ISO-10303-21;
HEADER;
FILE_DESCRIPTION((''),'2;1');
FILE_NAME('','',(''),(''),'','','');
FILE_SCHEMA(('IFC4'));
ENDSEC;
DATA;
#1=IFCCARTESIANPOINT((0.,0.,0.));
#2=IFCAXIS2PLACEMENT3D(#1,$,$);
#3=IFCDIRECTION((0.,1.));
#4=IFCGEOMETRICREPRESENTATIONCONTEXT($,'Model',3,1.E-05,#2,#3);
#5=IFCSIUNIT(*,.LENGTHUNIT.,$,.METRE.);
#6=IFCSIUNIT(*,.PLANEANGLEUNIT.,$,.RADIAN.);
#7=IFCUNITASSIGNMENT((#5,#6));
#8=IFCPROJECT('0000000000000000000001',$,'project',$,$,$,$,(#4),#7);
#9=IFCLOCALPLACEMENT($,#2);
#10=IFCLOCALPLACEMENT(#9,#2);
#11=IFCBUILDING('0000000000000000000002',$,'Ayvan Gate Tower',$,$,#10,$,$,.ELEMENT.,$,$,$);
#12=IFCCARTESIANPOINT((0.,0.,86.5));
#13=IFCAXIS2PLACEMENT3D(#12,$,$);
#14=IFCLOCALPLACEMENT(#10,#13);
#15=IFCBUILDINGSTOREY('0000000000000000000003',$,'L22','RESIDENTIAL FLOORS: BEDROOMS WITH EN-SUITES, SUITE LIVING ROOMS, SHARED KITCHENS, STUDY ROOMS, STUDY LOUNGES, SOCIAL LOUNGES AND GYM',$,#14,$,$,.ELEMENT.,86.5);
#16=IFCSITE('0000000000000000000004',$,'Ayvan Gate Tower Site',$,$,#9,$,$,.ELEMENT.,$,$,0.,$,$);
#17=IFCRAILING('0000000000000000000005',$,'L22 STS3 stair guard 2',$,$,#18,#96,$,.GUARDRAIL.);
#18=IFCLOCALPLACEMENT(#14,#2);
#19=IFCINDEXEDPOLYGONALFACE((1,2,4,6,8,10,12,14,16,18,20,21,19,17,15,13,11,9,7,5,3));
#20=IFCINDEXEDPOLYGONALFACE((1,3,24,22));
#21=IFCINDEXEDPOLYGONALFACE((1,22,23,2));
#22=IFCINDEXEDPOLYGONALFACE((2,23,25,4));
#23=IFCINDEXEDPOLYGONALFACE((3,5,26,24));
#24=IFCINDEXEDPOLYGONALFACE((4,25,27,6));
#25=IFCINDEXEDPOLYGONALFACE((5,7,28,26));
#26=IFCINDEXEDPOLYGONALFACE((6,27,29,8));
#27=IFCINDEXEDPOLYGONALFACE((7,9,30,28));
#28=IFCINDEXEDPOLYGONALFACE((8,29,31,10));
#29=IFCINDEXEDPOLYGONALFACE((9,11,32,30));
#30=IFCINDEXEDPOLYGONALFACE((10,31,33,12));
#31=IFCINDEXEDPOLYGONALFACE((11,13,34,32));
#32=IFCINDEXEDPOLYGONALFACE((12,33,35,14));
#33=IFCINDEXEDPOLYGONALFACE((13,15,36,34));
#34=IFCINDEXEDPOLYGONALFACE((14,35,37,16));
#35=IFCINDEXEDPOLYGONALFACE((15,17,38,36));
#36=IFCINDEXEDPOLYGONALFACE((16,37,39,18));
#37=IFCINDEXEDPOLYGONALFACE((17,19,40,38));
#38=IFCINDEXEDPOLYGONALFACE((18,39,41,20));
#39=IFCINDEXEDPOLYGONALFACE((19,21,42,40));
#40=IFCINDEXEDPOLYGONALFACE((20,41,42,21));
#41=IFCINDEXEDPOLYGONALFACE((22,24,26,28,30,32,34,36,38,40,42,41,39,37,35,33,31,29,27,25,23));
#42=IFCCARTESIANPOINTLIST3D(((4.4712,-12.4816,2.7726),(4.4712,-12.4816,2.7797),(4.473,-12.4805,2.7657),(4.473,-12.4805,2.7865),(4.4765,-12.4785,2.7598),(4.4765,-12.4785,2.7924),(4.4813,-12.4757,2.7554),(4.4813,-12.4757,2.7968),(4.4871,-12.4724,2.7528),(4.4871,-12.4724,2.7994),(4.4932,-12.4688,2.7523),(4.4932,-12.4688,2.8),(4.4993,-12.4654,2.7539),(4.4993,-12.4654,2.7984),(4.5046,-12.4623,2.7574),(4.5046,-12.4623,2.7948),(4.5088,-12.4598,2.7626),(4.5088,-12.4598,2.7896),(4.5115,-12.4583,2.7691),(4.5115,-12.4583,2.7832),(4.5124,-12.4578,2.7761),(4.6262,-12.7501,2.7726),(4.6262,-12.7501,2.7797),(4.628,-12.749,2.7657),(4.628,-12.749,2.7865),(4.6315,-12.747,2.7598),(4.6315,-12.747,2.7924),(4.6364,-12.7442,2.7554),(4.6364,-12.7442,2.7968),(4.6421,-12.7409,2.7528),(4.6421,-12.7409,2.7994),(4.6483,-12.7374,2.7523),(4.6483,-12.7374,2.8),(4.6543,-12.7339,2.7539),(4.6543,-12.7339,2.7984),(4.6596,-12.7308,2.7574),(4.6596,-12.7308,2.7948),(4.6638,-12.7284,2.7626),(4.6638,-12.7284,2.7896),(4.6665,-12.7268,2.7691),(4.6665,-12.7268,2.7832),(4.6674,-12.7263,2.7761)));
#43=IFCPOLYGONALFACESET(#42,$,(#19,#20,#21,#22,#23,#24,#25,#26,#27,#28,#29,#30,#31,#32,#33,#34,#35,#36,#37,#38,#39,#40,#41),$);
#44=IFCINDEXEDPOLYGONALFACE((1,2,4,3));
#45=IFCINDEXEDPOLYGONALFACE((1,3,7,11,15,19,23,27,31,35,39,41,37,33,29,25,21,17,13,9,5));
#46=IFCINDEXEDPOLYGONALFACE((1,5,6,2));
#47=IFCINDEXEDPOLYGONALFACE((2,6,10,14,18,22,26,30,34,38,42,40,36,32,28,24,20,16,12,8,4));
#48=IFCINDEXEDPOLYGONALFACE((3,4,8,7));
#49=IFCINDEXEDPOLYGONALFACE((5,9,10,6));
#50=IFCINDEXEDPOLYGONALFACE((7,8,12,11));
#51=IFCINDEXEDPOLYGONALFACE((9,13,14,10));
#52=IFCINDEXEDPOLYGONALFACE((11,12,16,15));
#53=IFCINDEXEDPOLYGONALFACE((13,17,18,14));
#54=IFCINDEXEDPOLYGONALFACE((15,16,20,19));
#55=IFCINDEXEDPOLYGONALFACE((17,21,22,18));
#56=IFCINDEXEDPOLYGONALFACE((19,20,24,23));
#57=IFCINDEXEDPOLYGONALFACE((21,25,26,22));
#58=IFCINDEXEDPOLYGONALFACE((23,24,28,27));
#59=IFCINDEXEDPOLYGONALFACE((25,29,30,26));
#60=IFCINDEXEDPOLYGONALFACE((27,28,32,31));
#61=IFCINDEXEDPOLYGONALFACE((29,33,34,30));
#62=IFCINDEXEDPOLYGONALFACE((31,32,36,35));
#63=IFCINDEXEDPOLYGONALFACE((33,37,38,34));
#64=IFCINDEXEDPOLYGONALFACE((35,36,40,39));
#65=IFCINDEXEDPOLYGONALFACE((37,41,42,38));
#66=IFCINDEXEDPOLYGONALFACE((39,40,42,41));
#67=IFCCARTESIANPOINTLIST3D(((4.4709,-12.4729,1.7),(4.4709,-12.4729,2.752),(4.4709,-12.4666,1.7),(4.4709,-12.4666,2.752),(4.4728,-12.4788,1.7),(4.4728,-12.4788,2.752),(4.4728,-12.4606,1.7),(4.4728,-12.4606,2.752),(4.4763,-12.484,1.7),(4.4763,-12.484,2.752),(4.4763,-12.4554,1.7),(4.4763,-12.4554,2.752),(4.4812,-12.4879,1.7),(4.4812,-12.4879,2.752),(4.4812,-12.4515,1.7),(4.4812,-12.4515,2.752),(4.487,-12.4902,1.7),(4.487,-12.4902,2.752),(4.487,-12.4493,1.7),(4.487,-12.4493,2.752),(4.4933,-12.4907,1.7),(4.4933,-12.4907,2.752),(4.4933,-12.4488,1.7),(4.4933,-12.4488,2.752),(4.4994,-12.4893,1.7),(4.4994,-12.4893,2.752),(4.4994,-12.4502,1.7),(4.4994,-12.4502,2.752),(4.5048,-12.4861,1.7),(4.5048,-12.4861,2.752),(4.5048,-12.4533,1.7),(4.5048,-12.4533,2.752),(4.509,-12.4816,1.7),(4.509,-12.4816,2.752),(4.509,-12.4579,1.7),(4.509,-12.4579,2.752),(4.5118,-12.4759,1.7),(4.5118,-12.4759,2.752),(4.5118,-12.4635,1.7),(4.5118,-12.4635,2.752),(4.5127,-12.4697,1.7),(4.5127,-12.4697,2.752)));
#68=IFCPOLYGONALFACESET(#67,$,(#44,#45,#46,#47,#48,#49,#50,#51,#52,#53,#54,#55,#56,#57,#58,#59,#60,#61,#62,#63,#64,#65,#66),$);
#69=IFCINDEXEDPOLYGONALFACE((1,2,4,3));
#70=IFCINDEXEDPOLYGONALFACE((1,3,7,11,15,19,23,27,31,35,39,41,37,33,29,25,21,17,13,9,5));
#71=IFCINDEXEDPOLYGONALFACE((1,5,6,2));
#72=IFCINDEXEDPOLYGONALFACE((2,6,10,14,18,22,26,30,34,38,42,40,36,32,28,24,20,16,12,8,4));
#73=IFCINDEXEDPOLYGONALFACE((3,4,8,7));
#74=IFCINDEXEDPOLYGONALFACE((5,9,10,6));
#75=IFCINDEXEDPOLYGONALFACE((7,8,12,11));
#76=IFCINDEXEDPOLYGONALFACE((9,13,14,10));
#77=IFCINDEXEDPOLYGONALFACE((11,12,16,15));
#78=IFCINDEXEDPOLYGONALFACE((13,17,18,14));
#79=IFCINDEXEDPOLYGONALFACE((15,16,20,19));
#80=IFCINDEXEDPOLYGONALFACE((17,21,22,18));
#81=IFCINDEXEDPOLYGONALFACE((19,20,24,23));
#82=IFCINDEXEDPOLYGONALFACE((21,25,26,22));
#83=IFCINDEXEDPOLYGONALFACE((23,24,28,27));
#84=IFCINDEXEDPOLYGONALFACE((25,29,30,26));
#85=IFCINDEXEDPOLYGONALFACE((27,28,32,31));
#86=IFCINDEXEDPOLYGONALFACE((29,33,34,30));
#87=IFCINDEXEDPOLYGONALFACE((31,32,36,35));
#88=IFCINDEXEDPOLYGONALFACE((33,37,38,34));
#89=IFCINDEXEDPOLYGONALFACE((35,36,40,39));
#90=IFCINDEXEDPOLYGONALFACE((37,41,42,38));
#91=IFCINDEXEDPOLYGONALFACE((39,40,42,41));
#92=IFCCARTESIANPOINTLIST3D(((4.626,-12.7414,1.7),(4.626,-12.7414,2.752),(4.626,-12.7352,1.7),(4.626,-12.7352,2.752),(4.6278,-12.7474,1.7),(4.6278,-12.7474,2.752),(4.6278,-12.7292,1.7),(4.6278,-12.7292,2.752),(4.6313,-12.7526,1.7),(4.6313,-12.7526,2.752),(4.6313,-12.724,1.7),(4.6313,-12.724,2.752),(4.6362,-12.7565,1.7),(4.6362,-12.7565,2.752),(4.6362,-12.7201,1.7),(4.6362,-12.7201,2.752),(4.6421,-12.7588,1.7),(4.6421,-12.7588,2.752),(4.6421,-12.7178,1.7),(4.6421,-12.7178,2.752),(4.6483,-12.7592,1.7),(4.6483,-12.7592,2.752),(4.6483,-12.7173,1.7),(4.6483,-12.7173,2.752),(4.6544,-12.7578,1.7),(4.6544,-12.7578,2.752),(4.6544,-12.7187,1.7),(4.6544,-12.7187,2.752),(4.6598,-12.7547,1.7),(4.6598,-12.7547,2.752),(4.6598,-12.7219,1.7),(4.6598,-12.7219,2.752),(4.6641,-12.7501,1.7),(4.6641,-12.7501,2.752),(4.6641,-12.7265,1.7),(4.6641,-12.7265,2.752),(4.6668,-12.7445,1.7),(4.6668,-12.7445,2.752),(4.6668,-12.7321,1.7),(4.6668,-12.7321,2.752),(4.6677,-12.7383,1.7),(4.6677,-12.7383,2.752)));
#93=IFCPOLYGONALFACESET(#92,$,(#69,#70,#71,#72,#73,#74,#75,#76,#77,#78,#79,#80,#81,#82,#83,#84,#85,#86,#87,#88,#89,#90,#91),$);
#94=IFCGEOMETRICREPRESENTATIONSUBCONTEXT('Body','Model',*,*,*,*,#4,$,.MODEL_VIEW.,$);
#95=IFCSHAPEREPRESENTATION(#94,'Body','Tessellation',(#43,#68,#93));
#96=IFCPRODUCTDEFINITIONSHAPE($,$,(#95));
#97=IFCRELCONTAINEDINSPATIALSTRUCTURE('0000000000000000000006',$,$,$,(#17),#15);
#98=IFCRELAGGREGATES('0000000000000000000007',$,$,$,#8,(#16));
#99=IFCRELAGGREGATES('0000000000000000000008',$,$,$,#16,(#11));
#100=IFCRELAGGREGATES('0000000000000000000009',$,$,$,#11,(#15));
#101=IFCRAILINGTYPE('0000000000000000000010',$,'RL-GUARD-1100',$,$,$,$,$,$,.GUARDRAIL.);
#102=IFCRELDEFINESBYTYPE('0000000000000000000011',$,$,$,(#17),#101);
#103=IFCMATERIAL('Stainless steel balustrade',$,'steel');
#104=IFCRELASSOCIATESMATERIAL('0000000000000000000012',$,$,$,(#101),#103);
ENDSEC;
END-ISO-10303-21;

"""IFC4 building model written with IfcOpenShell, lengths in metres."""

from ifc_helpers import new_model, si_unit, direction, frame, origin, origin_2d, place, context, subcontext, project, spatial, circle, extrude, material, type_object, element, save


model = new_model("IFC4")

# Units and contexts
model_context = context("Model", 3, precision=1e-05, world=origin(), true_north=direction((0.0, 1.0)))
body_context = subcontext(model_context, "Body", "Model", "MODEL_VIEW")
ifc_project = project(units=[si_unit("LENGTHUNIT", "METRE"), si_unit("PLANEANGLEUNIT", "RADIAN")], contexts=[model_context])

# Site, building, storey
site_placement = place(None, origin())
site = spatial("IfcSite", under=ifc_project, at=site_placement, Name="Ayvan Gate Tower Site", CompositionType="ELEMENT", RefElevation=0.0)
building_placement = place(site_placement, origin())
building = spatial("IfcBuilding", under=site, at=building_placement, Name="Ayvan Gate Tower", CompositionType="ELEMENT")
storey_placement = place(building_placement, frame((0.0, 0.0, 86.5)))
storey = spatial("IfcBuildingStorey", under=building, at=storey_placement, Name="L22", Description="RESIDENTIAL FLOORS: BEDROOMS WITH EN-SUITES, SUITE LIVING ROOMS, SHARED KITCHENS, STUDY ROOMS, STUDY LOUNGES, SOCIAL LOUNGES AND GYM", CompositionType="ELEMENT", Elevation=86.5)

# Railing
ifc_material_1 = material(Name="Stainless steel balustrade", Category="steel")
railing_type = type_object("IfcRailingType", Name="RL-GUARD-1100", PredefinedType="GUARDRAIL", material=ifc_material_1)
railing_1_placement = place(storey_placement, frame((4.4917, -12.4697, 1.7)))
element("IfcRailing", 1, at=railing_1_placement, inside=storey, type_object=railing_type, Name="L22 STS3 stair guard 2", PredefinedType="GUARDRAIL", context=body_context, shape_type="SweptSolid", body=[
    extrude(circle(Radius=0.0239, at=origin_2d()), frame((0.0, 0.0, 1.0762), z_axis=(0.49995, -0.866054, 0.0), x_axis=(0.866054, 0.49995, 0.0)), (0.0, 0.0, 1.0), 0.3101),
    extrude(circle(Radius=0.021, at=origin_2d()), origin(), (0.0, 0.0, 1.0), 1.052),
    extrude(circle(Radius=0.021, at=origin_2d()), frame((0.155, -0.2686, 0.0)), (0.0, 0.0, 1.0), 1.052),
])

save(model, "model.ifc")
